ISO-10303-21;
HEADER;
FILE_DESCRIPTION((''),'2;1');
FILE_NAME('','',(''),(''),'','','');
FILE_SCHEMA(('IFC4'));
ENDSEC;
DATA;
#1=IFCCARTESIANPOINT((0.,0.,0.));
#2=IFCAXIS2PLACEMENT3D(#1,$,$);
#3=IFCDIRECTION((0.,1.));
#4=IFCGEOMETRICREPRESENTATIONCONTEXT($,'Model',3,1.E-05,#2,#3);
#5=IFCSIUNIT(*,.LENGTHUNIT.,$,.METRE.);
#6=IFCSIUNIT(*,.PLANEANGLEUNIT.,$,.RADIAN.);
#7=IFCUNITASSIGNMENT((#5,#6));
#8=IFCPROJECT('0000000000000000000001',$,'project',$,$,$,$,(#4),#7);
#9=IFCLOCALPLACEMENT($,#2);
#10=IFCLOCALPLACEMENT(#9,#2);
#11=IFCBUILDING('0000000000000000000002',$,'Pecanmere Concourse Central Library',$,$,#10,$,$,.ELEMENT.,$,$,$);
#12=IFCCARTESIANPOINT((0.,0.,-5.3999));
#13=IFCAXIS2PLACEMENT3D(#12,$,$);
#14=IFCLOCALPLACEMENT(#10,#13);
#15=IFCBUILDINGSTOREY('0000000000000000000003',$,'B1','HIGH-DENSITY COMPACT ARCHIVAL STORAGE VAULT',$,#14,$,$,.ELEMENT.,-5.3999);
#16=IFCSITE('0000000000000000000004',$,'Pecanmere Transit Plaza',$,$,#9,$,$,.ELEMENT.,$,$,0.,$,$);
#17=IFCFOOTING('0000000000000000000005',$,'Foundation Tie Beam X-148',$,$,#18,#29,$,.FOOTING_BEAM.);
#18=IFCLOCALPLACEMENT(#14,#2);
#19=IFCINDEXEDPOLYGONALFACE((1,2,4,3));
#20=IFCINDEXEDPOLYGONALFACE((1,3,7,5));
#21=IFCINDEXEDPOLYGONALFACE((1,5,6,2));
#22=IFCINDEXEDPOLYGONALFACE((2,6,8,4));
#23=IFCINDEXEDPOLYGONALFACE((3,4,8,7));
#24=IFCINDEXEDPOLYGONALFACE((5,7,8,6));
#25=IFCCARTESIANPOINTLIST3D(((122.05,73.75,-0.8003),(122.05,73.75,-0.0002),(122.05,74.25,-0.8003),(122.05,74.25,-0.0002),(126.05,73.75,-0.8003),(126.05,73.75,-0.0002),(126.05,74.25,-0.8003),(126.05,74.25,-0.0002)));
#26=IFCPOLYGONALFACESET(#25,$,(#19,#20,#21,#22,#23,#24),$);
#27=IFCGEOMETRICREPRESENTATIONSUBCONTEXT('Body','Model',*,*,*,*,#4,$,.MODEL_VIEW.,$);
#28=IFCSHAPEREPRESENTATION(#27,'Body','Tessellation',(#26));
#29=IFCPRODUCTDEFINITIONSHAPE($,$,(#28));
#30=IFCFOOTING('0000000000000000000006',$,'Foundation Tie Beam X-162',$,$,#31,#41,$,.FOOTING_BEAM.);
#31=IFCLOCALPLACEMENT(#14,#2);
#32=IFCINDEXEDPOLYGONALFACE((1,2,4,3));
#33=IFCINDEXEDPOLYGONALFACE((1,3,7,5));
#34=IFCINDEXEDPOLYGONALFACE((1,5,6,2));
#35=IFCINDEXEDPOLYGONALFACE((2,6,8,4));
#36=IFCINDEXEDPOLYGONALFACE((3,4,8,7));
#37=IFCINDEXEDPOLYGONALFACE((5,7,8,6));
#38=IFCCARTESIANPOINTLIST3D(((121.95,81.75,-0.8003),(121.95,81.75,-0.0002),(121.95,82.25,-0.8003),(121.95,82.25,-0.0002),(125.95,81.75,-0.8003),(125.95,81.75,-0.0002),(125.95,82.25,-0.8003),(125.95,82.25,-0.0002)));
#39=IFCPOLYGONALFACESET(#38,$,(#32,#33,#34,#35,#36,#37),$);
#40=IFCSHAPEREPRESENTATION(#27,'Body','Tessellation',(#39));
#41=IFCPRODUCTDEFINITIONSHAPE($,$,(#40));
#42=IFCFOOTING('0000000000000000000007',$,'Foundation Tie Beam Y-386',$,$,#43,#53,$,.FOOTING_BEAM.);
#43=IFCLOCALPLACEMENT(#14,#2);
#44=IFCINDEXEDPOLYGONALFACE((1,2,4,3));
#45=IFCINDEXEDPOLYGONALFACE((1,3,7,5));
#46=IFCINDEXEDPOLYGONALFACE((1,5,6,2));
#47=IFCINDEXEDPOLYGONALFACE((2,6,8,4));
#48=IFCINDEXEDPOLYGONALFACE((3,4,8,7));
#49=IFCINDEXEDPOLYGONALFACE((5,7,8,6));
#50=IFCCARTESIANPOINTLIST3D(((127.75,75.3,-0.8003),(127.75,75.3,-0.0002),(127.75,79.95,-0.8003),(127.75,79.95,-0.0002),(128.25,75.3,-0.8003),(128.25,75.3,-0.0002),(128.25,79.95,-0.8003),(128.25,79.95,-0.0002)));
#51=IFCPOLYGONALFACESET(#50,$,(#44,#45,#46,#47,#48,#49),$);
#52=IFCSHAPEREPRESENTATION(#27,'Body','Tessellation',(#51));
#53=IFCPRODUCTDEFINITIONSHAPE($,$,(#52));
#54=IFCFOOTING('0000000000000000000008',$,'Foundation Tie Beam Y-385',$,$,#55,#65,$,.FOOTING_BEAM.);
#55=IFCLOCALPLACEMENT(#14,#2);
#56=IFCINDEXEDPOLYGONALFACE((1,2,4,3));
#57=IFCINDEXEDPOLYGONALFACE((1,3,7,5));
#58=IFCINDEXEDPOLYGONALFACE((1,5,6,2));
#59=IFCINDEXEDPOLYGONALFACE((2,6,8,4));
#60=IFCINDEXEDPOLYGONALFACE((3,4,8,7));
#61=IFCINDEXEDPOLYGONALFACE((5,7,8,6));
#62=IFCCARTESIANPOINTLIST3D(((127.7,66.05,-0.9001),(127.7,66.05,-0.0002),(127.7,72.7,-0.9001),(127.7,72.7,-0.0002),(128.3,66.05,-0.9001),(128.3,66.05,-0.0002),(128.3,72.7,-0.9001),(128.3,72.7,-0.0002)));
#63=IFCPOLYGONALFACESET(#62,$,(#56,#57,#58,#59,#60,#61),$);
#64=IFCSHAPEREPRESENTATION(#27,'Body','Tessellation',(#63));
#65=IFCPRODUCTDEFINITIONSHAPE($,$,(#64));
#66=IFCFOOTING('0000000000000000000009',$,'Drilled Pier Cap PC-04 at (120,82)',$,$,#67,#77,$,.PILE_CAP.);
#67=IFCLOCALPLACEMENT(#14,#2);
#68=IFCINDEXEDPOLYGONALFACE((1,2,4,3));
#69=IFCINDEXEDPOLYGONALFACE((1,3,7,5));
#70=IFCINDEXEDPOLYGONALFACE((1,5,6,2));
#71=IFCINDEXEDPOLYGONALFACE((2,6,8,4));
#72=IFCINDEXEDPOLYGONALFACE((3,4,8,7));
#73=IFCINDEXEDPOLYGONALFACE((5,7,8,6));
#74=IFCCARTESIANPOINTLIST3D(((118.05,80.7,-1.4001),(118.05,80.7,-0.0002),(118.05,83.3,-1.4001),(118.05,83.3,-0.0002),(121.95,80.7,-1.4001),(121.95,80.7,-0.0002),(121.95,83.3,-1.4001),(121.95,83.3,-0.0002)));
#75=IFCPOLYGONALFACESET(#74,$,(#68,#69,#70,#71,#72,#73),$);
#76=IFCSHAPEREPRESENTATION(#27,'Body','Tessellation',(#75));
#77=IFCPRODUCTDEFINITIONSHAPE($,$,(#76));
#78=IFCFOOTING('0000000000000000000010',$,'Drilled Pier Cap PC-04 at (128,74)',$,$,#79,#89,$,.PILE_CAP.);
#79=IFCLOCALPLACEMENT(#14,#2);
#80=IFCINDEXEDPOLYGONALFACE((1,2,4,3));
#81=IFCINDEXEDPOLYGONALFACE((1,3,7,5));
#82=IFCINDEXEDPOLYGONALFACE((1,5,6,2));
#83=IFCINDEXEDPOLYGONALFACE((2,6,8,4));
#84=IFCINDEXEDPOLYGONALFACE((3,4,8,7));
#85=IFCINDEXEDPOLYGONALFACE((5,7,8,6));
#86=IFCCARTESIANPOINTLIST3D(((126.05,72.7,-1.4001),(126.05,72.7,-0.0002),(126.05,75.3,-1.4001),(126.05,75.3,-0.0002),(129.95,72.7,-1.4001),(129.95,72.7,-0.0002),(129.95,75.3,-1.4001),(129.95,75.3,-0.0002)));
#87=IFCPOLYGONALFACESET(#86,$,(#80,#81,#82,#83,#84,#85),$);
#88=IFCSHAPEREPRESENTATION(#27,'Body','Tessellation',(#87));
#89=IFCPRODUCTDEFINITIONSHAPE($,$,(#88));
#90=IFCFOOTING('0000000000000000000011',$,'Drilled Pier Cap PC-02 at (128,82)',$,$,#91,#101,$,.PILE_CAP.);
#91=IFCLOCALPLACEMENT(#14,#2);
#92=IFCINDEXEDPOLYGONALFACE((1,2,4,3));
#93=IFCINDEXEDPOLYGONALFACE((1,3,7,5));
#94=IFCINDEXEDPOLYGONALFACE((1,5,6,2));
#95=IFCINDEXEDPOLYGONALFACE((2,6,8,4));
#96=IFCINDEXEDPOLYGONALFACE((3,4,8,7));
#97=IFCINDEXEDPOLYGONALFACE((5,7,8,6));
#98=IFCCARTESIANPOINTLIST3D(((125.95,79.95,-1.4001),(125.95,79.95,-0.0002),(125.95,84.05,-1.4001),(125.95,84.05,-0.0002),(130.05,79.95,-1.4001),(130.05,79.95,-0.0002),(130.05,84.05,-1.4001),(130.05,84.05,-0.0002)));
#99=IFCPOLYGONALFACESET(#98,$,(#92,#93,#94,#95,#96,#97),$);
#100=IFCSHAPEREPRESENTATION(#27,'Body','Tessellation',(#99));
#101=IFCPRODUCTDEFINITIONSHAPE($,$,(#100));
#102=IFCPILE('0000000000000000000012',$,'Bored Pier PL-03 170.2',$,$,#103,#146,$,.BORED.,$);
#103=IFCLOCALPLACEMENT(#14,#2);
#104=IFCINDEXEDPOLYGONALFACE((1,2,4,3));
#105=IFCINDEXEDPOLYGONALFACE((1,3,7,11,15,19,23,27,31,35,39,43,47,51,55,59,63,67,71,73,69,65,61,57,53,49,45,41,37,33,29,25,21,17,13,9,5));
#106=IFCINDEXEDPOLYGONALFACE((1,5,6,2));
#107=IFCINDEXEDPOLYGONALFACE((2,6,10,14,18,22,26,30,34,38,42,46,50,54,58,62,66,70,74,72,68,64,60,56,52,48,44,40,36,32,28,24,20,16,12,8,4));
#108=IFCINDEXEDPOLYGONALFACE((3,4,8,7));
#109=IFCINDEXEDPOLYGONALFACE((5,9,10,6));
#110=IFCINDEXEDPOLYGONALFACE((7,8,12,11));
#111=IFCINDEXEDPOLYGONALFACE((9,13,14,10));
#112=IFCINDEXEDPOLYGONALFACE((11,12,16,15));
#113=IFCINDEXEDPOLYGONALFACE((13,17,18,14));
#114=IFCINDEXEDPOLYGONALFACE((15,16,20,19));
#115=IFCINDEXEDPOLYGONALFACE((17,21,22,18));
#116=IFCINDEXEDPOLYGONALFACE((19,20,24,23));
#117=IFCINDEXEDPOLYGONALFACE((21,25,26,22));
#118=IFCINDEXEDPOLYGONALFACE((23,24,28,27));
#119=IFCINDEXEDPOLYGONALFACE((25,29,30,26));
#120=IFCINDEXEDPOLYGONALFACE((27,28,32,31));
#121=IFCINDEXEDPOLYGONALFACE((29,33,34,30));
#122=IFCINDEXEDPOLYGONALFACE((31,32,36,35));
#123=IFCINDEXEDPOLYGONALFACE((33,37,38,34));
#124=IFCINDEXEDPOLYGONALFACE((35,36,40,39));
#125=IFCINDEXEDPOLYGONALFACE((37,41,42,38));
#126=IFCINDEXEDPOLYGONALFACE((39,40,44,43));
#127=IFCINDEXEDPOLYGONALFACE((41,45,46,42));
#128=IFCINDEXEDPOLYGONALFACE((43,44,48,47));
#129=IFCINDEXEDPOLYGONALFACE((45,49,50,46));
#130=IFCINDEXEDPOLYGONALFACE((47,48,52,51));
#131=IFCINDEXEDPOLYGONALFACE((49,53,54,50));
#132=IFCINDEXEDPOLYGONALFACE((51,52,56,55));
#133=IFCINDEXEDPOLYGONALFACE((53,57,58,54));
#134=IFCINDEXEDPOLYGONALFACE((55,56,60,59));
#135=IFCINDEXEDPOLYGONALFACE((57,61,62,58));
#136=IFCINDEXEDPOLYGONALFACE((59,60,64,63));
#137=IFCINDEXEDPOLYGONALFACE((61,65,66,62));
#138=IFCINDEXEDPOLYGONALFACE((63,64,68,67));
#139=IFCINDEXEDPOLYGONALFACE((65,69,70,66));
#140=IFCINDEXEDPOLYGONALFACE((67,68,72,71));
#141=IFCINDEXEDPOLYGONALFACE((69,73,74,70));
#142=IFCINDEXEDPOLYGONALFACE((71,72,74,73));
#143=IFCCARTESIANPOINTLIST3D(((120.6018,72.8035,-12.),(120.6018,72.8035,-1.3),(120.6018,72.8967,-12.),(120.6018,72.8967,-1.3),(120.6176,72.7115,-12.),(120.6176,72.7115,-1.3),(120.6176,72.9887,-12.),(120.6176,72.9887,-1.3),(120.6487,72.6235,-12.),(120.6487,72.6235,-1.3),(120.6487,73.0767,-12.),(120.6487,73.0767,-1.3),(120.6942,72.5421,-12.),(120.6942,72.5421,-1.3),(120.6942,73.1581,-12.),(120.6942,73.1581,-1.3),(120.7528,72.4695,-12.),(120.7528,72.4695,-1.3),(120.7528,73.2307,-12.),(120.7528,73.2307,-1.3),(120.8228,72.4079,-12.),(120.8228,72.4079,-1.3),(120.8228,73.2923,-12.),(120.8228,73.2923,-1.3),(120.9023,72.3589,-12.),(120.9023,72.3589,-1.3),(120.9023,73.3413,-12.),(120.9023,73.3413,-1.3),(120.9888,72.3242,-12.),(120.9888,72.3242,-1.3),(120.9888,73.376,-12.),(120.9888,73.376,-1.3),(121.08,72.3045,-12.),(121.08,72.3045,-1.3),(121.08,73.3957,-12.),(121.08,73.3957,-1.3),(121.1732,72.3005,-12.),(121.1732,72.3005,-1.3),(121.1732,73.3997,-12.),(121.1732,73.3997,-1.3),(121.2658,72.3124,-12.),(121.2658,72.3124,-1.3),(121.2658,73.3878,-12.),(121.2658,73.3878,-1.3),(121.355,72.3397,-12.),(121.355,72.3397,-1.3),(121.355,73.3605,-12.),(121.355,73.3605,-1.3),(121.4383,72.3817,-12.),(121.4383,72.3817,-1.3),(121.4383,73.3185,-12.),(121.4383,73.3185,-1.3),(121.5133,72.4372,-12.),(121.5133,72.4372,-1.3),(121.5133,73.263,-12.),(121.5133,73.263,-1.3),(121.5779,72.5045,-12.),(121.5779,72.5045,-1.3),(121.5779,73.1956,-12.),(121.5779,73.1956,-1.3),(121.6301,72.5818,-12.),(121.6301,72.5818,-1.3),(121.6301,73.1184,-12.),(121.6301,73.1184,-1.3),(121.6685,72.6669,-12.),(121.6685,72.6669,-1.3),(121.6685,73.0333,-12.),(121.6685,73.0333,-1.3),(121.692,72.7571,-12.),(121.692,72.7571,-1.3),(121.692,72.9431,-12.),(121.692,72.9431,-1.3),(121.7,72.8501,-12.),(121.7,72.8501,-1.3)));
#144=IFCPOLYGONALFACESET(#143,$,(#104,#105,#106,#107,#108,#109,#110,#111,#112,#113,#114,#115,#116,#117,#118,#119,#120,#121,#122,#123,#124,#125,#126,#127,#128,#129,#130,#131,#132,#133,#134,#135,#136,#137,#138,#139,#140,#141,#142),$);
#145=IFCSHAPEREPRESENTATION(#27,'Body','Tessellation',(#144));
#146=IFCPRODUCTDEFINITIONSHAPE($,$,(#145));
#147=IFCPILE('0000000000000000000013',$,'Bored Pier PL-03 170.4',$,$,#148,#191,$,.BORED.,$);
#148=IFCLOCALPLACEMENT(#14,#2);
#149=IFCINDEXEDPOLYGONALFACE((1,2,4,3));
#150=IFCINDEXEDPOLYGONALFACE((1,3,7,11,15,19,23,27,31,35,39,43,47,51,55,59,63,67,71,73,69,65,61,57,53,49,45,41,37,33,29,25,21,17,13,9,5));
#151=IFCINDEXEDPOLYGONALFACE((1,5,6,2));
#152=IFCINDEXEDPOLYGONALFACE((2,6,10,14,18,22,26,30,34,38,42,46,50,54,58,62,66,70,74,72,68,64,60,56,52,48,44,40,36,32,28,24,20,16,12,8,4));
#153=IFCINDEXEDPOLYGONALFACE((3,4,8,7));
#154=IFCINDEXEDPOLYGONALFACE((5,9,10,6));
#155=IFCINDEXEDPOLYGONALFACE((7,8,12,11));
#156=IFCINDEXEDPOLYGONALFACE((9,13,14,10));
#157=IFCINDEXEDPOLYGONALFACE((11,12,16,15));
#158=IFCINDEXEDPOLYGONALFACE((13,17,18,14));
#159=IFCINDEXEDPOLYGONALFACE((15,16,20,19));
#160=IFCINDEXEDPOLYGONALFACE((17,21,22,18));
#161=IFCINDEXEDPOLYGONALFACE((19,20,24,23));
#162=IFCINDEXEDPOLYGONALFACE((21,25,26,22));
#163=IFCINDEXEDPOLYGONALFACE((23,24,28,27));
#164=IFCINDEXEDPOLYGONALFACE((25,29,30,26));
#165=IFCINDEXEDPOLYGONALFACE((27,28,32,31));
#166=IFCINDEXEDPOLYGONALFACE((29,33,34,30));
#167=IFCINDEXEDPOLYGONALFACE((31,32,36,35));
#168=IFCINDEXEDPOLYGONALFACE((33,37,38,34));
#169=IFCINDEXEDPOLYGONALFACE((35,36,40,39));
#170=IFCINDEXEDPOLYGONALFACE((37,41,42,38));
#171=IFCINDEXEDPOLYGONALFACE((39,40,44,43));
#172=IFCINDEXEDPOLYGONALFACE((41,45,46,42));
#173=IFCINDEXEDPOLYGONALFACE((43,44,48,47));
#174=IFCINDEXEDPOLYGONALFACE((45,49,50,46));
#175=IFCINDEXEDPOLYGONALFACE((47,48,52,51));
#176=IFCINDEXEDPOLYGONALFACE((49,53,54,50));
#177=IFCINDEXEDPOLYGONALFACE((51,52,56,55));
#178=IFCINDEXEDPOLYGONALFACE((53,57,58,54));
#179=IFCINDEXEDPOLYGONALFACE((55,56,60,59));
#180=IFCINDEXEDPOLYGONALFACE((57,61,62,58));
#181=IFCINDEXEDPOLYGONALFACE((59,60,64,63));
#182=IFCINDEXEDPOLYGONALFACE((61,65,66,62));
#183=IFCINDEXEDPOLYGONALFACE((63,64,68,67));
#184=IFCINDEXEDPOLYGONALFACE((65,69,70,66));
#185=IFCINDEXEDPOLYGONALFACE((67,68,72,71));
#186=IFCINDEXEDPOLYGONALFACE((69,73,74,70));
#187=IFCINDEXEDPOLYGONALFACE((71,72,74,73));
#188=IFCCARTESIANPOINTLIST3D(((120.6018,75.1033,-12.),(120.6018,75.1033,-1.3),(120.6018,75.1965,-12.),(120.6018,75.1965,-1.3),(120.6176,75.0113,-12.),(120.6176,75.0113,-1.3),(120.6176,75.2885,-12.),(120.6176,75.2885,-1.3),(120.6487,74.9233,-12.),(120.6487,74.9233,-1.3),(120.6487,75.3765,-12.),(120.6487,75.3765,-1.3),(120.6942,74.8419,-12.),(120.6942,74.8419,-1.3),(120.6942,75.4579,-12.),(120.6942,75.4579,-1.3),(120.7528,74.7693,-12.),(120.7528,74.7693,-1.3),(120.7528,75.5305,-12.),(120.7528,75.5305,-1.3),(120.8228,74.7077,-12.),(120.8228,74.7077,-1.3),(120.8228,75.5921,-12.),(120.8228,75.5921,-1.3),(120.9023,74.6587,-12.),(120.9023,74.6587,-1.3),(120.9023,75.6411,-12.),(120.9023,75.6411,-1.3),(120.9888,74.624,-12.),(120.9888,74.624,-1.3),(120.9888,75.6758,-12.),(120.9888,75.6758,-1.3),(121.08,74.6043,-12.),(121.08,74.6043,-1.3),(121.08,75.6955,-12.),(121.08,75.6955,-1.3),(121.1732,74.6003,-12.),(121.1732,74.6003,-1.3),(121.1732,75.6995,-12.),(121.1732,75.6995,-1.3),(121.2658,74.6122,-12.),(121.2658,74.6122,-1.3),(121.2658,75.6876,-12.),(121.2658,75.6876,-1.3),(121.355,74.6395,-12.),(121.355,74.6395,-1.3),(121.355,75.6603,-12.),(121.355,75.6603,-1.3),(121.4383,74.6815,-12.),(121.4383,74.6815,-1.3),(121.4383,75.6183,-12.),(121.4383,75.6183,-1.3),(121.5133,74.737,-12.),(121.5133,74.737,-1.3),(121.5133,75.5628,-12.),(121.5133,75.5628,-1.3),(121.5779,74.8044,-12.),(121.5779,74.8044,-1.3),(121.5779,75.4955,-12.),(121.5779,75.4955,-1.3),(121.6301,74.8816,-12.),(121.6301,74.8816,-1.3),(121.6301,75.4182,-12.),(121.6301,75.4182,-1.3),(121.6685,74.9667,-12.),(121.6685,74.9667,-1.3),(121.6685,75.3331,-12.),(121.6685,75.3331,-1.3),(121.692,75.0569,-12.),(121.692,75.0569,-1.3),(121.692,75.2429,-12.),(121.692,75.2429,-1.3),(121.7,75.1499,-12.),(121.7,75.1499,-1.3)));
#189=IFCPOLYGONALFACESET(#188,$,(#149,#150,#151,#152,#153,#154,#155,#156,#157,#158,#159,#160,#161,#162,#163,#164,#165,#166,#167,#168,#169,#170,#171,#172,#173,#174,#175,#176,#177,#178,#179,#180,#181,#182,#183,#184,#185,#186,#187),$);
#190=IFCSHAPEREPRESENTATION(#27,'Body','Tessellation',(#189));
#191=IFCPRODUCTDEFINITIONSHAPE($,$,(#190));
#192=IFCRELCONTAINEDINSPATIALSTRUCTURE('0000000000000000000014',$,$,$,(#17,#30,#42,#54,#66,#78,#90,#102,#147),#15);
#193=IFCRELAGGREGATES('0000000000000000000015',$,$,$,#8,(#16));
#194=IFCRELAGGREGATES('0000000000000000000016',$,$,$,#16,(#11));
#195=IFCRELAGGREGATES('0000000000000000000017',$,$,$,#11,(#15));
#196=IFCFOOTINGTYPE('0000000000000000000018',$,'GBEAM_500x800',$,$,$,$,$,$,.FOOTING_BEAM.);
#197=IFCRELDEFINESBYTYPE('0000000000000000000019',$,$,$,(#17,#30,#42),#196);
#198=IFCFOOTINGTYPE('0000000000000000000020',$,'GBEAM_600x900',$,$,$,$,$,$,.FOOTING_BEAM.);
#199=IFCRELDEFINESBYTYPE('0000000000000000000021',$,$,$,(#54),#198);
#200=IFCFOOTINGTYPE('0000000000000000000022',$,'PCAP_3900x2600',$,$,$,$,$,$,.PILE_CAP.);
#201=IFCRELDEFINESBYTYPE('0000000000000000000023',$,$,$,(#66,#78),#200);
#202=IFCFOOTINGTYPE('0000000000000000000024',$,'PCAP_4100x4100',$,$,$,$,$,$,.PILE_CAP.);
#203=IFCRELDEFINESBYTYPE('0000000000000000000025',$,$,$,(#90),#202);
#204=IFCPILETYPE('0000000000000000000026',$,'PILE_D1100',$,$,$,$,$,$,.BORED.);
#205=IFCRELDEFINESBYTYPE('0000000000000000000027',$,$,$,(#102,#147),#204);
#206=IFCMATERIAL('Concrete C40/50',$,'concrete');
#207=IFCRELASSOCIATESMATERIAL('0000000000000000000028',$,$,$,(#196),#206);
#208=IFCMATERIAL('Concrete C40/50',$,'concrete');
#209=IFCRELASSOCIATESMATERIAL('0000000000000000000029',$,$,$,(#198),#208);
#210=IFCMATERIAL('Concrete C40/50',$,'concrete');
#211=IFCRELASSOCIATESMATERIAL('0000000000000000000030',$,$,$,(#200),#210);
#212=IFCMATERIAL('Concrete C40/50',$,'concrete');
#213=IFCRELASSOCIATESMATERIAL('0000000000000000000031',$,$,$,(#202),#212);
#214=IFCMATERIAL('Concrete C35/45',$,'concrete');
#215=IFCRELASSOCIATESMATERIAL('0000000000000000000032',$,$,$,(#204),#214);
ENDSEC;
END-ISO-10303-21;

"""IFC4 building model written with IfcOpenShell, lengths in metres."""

from ifc_helpers import new_model, si_unit, direction, frame, origin, origin_2d, place, context, subcontext, project, spatial, rectangle, circle, extrude, material, material_profile, profile_set, type_object, element, save


model = new_model("IFC4")

# Units and contexts
model_context = context("Model", 3, precision=1e-05, world=origin(), true_north=direction((0.0, 1.0)))
body_context = subcontext(model_context, "Body", "Model", "MODEL_VIEW")
ifc_project = project(units=[si_unit("LENGTHUNIT", "METRE"), si_unit("PLANEANGLEUNIT", "RADIAN")], contexts=[model_context])

# Site, building, storey
site_placement = place(None, origin())
site = spatial("IfcSite", under=ifc_project, at=site_placement, Name="Pecanmere Transit Plaza", CompositionType="ELEMENT", RefElevation=0.0)
building_placement = place(site_placement, origin())
building = spatial("IfcBuilding", under=site, at=building_placement, Name="Pecanmere Concourse Central Library", CompositionType="ELEMENT")
storey_placement = place(building_placement, frame((0.0, 0.0, -5.3999)))
storey = spatial("IfcBuildingStorey", under=building, at=storey_placement, Name="B1", Description="HIGH-DENSITY COMPACT ARCHIVAL STORAGE VAULT", CompositionType="ELEMENT", Elevation=-5.3999)

# Footings
ifc_material_1 = material(Name="Concrete C40/50", Category="concrete")
ifc_material_profile_1 = material_profile(ifc_material_1, rectangle(XDim=0.5, YDim=0.8, at=origin_2d()), Name="RC 500x800")
ifc_profile_set_1 = profile_set([ifc_material_profile_1], Name="Concrete C40/50")
footing_type_1 = type_object("IfcFootingType", Name="GBEAM_500x800", PredefinedType="FOOTING_BEAM", material=ifc_profile_set_1)
for number, where, z_axis, x_axis, name in (
    (1, (124.05, 74.0, -0.8003), (0.0, 0.0, 1.0), (1.0, 0.0, 0.0), "Foundation Tie Beam X-148"),
    (2, (123.95, 82.0, -0.8003), (0.0, 0.0, 1.0), (1.0, 0.0, 0.0), "Foundation Tie Beam X-162"),
):
    element("IfcFooting", number, at=place(storey_placement, frame(where, z_axis=z_axis, x_axis=x_axis)), inside=storey, type_object=footing_type_1, Name=name, PredefinedType="FOOTING_BEAM", context=body_context, shape_type="SweptSolid", body=[
        extrude(rectangle(XDim=4.0, YDim=0.5, at=origin_2d()), origin(), (0.0, 0.0, 1.0), 0.8),
    ])
footing_1_placement = place(storey_placement, frame((128.0, 77.625, -0.8003), z_axis=(0.0, 0.0, 1.0), x_axis=(0.0, 1.0, 0.0)))
element("IfcFooting", 3, at=footing_1_placement, inside=storey, type_object=footing_type_1, Name="Foundation Tie Beam Y-386", PredefinedType="FOOTING_BEAM", context=body_context, shape_type="SweptSolid", body=[
    extrude(rectangle(XDim=4.6499, YDim=0.5, at=origin_2d()), origin(), (0.0, 0.0, 1.0), 0.8),
])
ifc_material_2 = material(Name="Concrete C40/50", Category="concrete")
ifc_material_profile_2 = material_profile(ifc_material_2, rectangle(XDim=0.6001, YDim=0.8999, at=origin_2d()), Name="RC 600x900")
ifc_profile_set_2 = profile_set([ifc_material_profile_2], Name="Concrete C40/50")
footing_type_2 = type_object("IfcFootingType", Name="GBEAM_600x900", PredefinedType="FOOTING_BEAM", material=ifc_profile_set_2)
footing_2_placement = place(storey_placement, frame((128.0, 69.375, -0.9001), z_axis=(0.0, 0.0, 1.0), x_axis=(0.0, 1.0, 0.0)))
element("IfcFooting", 4, at=footing_2_placement, inside=storey, type_object=footing_type_2, Name="Foundation Tie Beam Y-385", PredefinedType="FOOTING_BEAM", context=body_context, shape_type="SweptSolid", body=[
    extrude(rectangle(XDim=6.6499, YDim=0.6001, at=origin_2d()), origin(), (0.0, 0.0, 1.0), 0.8999),
])
ifc_material_3 = material(Name="Concrete C40/50", Category="concrete")
footing_type_3 = type_object("IfcFootingType", Name="PCAP_3900x2600", PredefinedType="PILE_CAP", material=ifc_material_3)
for number, where, z_axis, x_axis, name in (
    (5, (120.0, 82.0, -1.4001), (0.0, 0.0, 1.0), (1.0, 0.0, 0.0), "Drilled Pier Cap PC-04 at (120,82)"),
    (6, (128.0, 74.0, -1.4001), (0.0, 0.0, 1.0), (1.0, 0.0, 0.0), "Drilled Pier Cap PC-04 at (128,74)"),
):
    element("IfcFooting", number, at=place(storey_placement, frame(where, z_axis=z_axis, x_axis=x_axis)), inside=storey, type_object=footing_type_3, Name=name, PredefinedType="PILE_CAP", context=body_context, shape_type="SweptSolid", body=[
        extrude(rectangle(XDim=3.8999, YDim=2.6001, at=origin_2d()), origin(), (0.0, 0.0, 1.0), 1.3999),
    ])
ifc_material_4 = material(Name="Concrete C40/50", Category="concrete")
footing_type_4 = type_object("IfcFootingType", Name="PCAP_4100x4100", PredefinedType="PILE_CAP", material=ifc_material_4)
footing_3_placement = place(storey_placement, frame((128.0, 82.0, -1.4001), z_axis=(0.0, 0.0, 1.0), x_axis=(1.0, 0.0, 0.0)))
element("IfcFooting", 7, at=footing_3_placement, inside=storey, type_object=footing_type_4, Name="Drilled Pier Cap PC-02 at (128,82)", PredefinedType="PILE_CAP", context=body_context, shape_type="SweptSolid", body=[
    extrude(rectangle(XDim=4.1001, YDim=4.1001, at=origin_2d()), origin(), (0.0, 0.0, 1.0), 1.3999),
])

# Piles
ifc_material_5 = material(Name="Concrete C35/45", Category="concrete")
ifc_material_profile_3 = material_profile(ifc_material_5, circle(Radius=0.55, at=origin_2d()), Name="PIER D1100")
ifc_profile_set_3 = profile_set([ifc_material_profile_3], Name="Concrete C35/45")
pile_type_1 = type_object("IfcPileType", Name="PILE_D1100", PredefinedType="BORED", material=ifc_profile_set_3)
for number, where, z_axis, x_axis, name in (
    (8, (121.1499, 72.8501, -1.3), (0.0, 0.0, -1.0), (1.0, 0.0, 0.0), "Bored Pier PL-03 170.2"),
    (9, (121.1499, 75.1499, -1.3), (0.0, 0.0, -1.0), (1.0, 0.0, 0.0), "Bored Pier PL-03 170.4"),
):
    element("IfcPile", number, at=place(storey_placement, frame(where, z_axis=z_axis, x_axis=x_axis)), inside=storey, type_object=pile_type_1, Name=name, PredefinedType="BORED", context=body_context, shape_type="SweptSolid", body=[
        extrude(circle(Radius=0.55, at=origin_2d()), origin(), (0.0, 0.0, 1.0), 10.7),
    ])

save(model, "model.ifc")
